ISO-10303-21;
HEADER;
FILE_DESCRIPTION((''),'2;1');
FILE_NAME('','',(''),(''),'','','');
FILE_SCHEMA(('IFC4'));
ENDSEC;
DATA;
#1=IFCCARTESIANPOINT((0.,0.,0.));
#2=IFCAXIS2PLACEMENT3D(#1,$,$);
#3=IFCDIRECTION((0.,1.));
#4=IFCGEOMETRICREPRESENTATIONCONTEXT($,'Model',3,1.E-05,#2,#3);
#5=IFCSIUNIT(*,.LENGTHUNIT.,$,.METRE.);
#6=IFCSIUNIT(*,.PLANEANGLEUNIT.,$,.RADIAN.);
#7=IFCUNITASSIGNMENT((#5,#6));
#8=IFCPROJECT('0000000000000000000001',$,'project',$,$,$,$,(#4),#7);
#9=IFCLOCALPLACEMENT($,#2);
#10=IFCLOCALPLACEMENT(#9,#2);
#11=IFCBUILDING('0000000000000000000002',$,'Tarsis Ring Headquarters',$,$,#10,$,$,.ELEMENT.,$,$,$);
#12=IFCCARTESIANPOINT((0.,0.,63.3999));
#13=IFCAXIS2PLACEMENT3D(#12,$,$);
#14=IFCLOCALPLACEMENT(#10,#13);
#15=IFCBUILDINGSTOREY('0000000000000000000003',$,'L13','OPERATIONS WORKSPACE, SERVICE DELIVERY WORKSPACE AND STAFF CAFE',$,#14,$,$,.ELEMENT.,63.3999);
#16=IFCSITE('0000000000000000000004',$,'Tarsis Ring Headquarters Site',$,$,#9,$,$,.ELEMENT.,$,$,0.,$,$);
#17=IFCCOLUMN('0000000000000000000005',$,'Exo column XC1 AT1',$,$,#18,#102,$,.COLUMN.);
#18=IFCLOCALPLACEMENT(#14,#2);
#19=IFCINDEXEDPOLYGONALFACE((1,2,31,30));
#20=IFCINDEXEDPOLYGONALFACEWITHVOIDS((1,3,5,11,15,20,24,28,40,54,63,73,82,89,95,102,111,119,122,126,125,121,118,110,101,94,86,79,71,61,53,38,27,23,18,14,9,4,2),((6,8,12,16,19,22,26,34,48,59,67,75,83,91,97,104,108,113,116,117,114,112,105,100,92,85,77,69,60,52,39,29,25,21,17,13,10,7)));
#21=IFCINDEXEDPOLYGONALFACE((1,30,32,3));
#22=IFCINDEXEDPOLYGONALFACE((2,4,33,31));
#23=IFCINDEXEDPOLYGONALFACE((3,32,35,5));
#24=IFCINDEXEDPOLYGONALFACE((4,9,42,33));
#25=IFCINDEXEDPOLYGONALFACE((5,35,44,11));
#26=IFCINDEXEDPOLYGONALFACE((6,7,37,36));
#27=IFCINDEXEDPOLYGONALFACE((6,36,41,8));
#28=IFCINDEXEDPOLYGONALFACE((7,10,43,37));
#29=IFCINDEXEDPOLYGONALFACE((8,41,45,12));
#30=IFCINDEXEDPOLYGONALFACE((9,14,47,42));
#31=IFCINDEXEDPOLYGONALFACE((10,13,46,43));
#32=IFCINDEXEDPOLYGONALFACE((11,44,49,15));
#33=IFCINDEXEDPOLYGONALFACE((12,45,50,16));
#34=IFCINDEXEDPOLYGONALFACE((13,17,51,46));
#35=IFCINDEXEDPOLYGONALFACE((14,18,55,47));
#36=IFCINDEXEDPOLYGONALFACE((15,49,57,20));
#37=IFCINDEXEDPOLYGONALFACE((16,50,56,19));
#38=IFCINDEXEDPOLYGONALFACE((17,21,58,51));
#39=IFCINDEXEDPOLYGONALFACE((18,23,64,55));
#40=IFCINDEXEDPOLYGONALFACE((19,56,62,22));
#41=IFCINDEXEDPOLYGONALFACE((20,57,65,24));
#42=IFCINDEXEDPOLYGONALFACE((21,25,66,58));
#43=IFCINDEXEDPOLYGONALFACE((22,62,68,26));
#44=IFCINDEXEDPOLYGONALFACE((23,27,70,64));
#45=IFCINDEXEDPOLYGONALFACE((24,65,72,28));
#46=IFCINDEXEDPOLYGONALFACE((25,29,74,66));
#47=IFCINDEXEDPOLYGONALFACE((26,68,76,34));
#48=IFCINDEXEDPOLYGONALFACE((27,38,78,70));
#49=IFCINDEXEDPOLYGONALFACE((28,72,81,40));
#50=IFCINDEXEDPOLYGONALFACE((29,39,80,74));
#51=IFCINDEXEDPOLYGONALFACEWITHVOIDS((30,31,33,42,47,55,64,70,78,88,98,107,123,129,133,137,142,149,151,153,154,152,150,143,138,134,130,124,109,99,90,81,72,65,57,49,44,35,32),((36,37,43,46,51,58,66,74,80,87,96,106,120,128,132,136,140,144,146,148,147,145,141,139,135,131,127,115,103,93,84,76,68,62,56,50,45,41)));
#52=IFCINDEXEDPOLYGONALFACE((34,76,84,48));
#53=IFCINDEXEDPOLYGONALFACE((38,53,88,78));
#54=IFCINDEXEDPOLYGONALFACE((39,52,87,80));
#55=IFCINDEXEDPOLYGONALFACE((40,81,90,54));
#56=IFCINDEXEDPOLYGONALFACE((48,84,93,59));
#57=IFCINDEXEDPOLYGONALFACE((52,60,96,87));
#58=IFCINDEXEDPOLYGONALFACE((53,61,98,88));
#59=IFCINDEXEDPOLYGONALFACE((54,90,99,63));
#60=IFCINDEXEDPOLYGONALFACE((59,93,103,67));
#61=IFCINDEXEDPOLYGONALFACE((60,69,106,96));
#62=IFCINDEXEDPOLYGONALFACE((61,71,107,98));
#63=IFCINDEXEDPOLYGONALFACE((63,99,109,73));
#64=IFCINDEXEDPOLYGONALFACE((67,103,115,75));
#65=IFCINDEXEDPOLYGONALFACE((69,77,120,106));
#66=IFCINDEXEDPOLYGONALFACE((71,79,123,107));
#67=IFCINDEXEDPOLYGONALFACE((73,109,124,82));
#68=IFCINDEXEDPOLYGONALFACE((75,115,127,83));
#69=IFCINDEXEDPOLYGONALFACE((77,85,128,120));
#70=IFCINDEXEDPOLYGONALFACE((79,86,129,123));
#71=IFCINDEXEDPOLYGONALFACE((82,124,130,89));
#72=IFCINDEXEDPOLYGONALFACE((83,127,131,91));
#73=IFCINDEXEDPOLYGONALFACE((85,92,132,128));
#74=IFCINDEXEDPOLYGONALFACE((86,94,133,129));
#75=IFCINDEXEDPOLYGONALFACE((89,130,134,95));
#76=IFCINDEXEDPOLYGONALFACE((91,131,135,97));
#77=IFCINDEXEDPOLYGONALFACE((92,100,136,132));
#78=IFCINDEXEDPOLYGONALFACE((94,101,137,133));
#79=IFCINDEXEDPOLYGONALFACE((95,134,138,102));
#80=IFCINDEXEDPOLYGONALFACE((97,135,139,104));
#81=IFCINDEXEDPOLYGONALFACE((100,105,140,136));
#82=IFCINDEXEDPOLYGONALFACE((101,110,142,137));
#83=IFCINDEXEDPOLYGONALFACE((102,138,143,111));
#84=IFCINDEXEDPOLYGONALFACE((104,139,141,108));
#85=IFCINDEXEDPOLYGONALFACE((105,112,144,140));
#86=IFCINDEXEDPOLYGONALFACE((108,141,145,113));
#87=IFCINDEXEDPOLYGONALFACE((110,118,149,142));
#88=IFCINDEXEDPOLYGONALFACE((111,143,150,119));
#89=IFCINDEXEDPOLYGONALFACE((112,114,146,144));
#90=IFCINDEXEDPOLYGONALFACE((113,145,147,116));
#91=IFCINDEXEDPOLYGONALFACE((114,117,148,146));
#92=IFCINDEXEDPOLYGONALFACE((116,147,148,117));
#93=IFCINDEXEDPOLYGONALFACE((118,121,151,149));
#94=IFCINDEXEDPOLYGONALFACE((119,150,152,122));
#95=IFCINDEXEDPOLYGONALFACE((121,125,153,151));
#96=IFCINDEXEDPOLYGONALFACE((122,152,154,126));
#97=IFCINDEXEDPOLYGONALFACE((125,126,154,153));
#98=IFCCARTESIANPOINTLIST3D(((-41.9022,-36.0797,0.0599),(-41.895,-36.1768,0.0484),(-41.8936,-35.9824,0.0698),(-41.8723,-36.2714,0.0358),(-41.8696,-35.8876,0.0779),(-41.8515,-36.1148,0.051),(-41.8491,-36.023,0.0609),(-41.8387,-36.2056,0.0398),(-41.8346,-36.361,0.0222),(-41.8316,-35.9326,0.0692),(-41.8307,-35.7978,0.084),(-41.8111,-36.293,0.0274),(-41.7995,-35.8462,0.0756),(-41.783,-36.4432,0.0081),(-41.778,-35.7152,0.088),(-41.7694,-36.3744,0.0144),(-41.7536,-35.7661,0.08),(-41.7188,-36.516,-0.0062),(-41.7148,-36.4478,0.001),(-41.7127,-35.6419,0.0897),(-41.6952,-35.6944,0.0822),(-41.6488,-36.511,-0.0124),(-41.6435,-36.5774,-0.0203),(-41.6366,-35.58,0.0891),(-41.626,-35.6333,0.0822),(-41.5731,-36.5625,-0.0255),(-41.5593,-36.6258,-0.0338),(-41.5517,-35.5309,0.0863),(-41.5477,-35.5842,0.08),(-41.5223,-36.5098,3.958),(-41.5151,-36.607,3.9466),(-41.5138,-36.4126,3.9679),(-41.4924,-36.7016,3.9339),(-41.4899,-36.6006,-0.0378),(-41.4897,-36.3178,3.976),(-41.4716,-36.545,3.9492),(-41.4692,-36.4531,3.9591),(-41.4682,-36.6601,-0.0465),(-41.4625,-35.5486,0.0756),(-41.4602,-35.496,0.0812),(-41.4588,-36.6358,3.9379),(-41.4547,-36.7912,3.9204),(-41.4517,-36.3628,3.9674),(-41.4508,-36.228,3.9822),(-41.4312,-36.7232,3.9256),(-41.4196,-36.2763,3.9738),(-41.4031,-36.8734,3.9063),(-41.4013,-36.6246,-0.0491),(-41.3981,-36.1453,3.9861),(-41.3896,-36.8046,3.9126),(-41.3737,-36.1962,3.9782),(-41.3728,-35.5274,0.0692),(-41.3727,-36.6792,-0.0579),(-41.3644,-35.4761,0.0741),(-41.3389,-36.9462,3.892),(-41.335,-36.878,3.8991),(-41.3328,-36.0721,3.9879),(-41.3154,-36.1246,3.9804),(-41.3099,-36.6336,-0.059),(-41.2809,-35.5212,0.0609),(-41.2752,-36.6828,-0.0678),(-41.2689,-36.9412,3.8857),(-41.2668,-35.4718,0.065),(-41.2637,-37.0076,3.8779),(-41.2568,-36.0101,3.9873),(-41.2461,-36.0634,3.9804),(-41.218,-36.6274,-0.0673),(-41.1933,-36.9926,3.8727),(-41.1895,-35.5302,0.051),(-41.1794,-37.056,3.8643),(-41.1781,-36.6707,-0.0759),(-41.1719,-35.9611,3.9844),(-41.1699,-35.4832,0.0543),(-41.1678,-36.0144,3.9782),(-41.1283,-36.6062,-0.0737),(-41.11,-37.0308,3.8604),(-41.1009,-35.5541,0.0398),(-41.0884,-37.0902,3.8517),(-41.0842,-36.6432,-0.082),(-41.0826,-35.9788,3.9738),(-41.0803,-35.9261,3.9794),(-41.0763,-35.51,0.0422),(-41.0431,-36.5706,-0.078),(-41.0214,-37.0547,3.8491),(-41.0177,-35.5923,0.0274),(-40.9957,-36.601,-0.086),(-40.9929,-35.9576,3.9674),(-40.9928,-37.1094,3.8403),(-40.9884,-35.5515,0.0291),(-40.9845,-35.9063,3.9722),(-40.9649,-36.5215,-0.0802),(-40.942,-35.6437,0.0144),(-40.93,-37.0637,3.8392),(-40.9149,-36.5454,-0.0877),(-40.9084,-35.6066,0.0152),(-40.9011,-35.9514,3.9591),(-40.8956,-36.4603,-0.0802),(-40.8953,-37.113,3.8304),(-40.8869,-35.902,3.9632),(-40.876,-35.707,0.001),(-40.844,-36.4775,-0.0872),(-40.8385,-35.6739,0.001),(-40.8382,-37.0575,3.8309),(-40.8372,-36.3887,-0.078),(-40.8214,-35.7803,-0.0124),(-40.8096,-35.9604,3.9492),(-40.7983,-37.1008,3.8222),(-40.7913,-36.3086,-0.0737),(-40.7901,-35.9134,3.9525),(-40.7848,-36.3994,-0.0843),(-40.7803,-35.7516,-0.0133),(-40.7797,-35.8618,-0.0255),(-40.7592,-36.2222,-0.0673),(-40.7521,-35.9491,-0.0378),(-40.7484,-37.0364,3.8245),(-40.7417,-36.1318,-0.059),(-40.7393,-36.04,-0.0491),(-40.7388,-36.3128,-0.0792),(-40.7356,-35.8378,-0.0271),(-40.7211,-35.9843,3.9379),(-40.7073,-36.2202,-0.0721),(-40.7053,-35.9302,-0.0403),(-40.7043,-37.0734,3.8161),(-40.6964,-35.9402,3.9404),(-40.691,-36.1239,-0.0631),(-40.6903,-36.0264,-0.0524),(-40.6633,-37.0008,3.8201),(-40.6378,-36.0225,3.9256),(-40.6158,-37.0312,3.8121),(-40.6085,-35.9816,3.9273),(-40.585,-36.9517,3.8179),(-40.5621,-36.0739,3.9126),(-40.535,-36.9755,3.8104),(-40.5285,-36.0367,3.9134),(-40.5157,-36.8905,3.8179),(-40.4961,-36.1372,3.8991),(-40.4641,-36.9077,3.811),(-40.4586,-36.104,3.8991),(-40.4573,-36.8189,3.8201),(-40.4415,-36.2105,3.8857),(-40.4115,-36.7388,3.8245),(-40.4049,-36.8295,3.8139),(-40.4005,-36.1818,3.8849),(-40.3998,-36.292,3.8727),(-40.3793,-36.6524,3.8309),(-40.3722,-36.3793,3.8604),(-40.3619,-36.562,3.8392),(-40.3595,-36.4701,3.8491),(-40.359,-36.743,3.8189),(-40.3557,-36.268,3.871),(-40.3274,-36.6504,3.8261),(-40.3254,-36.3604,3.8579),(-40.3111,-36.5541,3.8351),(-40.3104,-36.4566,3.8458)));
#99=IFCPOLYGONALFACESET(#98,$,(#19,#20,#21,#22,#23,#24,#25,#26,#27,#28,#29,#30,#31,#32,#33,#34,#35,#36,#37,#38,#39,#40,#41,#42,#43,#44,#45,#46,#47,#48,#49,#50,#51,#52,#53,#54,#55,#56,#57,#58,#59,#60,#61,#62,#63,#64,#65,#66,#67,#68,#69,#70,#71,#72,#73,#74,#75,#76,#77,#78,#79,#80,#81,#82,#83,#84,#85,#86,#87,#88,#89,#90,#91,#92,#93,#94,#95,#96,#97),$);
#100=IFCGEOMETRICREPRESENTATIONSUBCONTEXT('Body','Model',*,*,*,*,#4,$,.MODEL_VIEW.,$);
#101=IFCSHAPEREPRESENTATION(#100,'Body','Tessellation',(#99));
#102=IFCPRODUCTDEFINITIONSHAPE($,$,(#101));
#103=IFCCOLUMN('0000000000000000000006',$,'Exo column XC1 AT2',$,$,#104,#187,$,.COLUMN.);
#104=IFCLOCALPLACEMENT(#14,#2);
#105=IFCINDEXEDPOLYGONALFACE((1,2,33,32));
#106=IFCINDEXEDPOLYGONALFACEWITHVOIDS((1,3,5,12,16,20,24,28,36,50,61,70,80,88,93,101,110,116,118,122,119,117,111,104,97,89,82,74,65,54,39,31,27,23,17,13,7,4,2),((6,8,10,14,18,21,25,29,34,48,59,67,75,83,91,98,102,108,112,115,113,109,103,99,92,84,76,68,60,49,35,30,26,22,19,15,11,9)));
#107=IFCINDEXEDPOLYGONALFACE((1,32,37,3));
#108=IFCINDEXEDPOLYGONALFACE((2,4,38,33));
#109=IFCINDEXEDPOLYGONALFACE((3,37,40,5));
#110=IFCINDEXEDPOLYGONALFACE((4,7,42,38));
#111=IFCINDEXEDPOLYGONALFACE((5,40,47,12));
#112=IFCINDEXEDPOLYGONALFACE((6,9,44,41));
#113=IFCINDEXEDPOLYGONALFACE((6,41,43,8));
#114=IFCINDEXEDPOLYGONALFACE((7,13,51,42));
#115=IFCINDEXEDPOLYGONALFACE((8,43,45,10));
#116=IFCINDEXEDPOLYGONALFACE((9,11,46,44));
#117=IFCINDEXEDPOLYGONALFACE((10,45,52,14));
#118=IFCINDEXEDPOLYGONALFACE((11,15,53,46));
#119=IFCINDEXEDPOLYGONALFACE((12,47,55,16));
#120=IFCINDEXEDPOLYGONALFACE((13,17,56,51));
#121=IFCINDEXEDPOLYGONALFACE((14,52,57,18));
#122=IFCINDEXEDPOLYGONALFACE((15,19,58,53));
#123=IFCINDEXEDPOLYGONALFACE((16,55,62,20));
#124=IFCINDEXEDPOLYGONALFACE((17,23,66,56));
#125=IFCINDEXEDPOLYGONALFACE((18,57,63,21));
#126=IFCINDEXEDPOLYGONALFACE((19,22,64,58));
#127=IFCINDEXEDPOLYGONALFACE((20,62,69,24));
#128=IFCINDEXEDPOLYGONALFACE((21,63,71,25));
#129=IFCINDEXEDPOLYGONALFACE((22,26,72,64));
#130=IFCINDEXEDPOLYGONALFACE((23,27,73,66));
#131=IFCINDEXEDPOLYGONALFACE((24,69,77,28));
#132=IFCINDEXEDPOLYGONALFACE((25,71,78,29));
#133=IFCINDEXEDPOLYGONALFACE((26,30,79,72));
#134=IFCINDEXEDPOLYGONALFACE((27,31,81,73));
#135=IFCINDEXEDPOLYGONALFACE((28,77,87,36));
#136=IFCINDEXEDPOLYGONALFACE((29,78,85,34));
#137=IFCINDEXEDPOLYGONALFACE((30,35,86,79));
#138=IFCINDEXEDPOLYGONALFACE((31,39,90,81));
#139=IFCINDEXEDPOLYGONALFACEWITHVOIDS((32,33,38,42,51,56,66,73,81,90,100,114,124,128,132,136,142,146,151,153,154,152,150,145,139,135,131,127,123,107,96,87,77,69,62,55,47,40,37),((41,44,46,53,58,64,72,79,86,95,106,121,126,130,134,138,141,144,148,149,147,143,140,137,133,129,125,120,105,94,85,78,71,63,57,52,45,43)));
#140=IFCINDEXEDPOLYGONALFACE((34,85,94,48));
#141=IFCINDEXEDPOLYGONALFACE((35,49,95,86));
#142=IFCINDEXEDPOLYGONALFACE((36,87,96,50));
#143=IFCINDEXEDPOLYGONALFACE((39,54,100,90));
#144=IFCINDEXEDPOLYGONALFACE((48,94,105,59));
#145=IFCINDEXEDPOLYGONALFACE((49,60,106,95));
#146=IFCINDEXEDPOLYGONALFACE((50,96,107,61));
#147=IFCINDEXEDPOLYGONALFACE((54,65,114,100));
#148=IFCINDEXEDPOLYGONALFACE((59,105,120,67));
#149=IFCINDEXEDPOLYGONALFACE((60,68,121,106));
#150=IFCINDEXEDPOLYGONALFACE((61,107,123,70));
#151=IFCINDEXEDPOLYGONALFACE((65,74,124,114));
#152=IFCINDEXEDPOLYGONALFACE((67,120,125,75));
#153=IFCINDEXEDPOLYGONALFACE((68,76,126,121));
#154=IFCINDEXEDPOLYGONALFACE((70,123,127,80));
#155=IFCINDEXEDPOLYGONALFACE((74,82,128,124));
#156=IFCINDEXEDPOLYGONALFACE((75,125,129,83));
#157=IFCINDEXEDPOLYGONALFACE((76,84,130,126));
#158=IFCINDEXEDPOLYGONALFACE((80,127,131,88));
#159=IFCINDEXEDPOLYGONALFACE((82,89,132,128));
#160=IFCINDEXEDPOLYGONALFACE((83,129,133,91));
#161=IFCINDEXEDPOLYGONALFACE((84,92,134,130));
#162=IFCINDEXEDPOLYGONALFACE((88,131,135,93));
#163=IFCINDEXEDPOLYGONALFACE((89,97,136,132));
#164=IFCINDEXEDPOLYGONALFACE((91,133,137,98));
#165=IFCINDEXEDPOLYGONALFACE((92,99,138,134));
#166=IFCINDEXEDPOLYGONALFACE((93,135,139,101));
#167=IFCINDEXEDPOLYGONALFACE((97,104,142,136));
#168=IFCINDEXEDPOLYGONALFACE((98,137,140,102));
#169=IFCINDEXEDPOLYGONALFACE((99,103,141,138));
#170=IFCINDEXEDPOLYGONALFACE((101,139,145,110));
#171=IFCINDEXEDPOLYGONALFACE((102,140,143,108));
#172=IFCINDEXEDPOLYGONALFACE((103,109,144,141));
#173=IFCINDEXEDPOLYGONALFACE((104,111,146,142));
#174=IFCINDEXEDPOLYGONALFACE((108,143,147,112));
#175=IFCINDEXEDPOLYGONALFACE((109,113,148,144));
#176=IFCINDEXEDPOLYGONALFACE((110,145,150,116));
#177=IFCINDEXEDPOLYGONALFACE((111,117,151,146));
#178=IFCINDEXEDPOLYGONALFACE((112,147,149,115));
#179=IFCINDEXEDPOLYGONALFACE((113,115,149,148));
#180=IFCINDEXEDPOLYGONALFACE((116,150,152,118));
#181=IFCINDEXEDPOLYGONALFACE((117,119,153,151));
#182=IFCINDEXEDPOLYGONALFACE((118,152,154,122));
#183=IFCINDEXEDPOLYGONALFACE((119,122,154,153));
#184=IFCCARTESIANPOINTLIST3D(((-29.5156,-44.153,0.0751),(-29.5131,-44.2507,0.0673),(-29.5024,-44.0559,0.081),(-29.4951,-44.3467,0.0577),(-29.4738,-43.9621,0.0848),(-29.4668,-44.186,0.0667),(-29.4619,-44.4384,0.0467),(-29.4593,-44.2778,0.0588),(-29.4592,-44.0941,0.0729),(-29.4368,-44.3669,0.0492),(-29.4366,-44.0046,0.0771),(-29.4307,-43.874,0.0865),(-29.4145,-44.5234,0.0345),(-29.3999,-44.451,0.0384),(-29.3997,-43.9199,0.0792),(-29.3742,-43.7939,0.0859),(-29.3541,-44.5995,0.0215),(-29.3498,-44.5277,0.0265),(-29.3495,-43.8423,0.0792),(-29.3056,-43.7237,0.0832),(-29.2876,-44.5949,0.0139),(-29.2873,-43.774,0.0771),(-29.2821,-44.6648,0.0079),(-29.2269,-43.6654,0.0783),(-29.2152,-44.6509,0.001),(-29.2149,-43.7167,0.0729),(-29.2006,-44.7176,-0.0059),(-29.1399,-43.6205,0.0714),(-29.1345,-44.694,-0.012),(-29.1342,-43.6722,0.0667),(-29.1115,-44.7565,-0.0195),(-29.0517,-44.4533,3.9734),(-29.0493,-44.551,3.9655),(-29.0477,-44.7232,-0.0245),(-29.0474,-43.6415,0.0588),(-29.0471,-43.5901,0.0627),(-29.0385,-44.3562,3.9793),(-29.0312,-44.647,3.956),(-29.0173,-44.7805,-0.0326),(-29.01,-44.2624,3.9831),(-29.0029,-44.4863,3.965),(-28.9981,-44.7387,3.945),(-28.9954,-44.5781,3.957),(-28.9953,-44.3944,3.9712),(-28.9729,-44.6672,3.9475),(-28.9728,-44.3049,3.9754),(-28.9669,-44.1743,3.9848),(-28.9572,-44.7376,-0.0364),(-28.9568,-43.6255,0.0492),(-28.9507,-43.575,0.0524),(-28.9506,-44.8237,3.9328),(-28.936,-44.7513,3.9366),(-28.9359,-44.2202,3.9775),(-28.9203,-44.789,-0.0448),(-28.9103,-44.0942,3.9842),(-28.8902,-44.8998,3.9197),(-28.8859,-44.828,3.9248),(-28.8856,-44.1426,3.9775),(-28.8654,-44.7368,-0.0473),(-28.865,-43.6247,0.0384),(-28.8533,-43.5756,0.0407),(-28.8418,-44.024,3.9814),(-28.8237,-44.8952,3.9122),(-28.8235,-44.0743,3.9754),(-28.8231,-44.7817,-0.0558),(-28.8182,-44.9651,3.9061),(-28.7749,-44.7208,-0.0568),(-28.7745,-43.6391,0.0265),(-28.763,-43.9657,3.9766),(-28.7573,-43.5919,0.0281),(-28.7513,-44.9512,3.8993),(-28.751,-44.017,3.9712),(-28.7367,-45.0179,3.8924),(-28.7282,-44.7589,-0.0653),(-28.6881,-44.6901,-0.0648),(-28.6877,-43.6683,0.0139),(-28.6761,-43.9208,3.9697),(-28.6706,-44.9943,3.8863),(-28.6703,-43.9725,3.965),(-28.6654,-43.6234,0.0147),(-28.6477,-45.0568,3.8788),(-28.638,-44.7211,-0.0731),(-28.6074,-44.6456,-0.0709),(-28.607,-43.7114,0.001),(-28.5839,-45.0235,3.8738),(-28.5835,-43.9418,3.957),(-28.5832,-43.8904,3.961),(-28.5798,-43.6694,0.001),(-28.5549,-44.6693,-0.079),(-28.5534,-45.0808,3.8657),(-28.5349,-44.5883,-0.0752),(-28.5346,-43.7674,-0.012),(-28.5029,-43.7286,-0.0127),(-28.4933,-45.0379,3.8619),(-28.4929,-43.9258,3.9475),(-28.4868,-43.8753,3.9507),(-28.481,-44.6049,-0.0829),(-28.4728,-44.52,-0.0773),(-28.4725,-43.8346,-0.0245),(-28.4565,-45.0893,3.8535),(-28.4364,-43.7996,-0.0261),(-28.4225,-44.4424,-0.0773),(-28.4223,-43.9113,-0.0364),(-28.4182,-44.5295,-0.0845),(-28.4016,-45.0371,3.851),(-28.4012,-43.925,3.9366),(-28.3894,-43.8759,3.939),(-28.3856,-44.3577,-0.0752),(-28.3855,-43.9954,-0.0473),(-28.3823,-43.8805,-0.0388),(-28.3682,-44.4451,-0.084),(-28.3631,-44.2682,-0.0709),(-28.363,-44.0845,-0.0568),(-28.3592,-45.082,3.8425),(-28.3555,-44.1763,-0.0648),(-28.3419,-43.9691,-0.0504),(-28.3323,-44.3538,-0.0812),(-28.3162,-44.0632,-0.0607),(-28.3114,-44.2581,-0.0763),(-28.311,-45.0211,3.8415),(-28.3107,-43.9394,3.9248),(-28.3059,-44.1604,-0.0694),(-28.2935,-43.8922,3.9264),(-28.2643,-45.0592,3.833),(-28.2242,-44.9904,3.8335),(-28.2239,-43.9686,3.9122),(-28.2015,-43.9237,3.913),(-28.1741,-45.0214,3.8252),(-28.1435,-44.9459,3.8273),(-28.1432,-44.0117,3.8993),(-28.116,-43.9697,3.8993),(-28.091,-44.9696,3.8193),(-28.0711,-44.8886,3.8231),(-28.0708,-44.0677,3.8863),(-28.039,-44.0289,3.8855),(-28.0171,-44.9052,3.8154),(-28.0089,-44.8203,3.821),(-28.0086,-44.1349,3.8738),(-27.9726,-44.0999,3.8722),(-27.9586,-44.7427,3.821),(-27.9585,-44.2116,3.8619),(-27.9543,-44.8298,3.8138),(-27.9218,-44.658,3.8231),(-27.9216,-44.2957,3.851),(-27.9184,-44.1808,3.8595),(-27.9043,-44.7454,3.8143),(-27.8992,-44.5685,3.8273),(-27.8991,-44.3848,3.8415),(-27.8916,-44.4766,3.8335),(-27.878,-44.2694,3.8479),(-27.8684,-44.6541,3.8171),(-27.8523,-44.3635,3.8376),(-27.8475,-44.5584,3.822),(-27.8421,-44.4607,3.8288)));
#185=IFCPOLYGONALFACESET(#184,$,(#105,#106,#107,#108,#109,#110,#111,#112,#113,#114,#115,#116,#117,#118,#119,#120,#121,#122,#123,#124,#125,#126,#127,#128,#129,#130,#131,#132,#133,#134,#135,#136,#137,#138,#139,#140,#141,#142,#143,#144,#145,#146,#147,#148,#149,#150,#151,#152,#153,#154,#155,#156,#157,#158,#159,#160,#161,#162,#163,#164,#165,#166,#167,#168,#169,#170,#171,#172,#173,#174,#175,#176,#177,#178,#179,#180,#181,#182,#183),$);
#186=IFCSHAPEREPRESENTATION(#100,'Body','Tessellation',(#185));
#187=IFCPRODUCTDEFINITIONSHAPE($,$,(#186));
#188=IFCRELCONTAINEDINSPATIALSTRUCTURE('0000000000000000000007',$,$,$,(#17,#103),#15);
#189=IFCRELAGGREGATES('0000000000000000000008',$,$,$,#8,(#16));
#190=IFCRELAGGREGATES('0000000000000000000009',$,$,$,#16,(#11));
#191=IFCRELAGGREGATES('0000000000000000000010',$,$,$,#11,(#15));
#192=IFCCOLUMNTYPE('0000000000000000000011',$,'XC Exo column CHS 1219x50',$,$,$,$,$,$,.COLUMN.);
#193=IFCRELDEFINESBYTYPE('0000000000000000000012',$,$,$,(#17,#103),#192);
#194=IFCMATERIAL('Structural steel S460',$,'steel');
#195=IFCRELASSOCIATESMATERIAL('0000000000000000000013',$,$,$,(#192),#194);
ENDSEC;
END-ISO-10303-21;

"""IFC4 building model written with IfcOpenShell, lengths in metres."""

from ifc_helpers import new_model, si_unit, direction, frame, origin, origin_2d, place, context, subcontext, project, spatial, hollow_circle, extrude, material, material_profile, profile_set, type_object, element, save


model = new_model("IFC4")

# Units and contexts
model_context = context("Model", 3, precision=1e-05, world=origin(), true_north=direction((0.0, 1.0)))
body_context = subcontext(model_context, "Body", "Model", "MODEL_VIEW")
ifc_project = project(units=[si_unit("LENGTHUNIT", "METRE"), si_unit("PLANEANGLEUNIT", "RADIAN")], contexts=[model_context])

# Site, building, storey
site_placement = place(None, origin())
site = spatial("IfcSite", under=ifc_project, at=site_placement, Name="Tarsis Ring Headquarters Site", CompositionType="ELEMENT", RefElevation=0.0)
building_placement = place(site_placement, origin())
building = spatial("IfcBuilding", under=site, at=building_placement, Name="Tarsis Ring Headquarters", CompositionType="ELEMENT")
storey_placement = place(building_placement, frame((0.0, 0.0, 63.3999)))
storey = spatial("IfcBuildingStorey", under=building, at=storey_placement, Name="L13", Description="OPERATIONS WORKSPACE, SERVICE DELIVERY WORKSPACE AND STAFF CAFE", CompositionType="ELEMENT", Elevation=63.3999)

# Columns
ifc_material_1 = material(Name="Structural steel S460", Category="steel")
ifc_material_profile_1 = material_profile(ifc_material_1, hollow_circle(Radius=0.6096, WallThickness=0.05, at=origin_2d()), Name="CHS 1219x50")
ifc_profile_set_1 = profile_set([ifc_material_profile_1], Name="Structural steel S460")
column_type = type_object("IfcColumnType", Name="XC Exo column CHS 1219x50", PredefinedType="COLUMN", material=ifc_profile_set_1)
column_1_placement = place(storey_placement, frame((-41.2954, -36.0774, 0.001), z_axis=(0.096412, -0.109176, 0.989336), x_axis=(0.749565, 0.661931, 0.0)))
element("IfcColumn", 1, at=column_1_placement, inside=storey, type_object=column_type, Name="Exo column XC1 AT1", PredefinedType="COLUMN", context=body_context, shape_type="SweptSolid", body=[
    extrude(hollow_circle(Radius=0.6096, WallThickness=0.05, at=origin_2d()), origin(), (0.0, 0.0, 1.0), 3.9402),
])
column_2_placement = place(storey_placement, frame((-28.9111, -44.1812, 0.001), z_axis=(0.117818, -0.076271, 0.990102), x_axis=(0.543434, 0.839452, 0.0)))
element("IfcColumn", 2, at=column_2_placement, inside=storey, type_object=column_type, Name="Exo column XC1 AT2", PredefinedType="COLUMN", context=body_context, shape_type="SweptSolid", body=[
    extrude(hollow_circle(Radius=0.6096, WallThickness=0.05, at=origin_2d()), origin(), (0.0, 0.0, 1.0), 3.9373),
])

save(model, "model.ifc")
